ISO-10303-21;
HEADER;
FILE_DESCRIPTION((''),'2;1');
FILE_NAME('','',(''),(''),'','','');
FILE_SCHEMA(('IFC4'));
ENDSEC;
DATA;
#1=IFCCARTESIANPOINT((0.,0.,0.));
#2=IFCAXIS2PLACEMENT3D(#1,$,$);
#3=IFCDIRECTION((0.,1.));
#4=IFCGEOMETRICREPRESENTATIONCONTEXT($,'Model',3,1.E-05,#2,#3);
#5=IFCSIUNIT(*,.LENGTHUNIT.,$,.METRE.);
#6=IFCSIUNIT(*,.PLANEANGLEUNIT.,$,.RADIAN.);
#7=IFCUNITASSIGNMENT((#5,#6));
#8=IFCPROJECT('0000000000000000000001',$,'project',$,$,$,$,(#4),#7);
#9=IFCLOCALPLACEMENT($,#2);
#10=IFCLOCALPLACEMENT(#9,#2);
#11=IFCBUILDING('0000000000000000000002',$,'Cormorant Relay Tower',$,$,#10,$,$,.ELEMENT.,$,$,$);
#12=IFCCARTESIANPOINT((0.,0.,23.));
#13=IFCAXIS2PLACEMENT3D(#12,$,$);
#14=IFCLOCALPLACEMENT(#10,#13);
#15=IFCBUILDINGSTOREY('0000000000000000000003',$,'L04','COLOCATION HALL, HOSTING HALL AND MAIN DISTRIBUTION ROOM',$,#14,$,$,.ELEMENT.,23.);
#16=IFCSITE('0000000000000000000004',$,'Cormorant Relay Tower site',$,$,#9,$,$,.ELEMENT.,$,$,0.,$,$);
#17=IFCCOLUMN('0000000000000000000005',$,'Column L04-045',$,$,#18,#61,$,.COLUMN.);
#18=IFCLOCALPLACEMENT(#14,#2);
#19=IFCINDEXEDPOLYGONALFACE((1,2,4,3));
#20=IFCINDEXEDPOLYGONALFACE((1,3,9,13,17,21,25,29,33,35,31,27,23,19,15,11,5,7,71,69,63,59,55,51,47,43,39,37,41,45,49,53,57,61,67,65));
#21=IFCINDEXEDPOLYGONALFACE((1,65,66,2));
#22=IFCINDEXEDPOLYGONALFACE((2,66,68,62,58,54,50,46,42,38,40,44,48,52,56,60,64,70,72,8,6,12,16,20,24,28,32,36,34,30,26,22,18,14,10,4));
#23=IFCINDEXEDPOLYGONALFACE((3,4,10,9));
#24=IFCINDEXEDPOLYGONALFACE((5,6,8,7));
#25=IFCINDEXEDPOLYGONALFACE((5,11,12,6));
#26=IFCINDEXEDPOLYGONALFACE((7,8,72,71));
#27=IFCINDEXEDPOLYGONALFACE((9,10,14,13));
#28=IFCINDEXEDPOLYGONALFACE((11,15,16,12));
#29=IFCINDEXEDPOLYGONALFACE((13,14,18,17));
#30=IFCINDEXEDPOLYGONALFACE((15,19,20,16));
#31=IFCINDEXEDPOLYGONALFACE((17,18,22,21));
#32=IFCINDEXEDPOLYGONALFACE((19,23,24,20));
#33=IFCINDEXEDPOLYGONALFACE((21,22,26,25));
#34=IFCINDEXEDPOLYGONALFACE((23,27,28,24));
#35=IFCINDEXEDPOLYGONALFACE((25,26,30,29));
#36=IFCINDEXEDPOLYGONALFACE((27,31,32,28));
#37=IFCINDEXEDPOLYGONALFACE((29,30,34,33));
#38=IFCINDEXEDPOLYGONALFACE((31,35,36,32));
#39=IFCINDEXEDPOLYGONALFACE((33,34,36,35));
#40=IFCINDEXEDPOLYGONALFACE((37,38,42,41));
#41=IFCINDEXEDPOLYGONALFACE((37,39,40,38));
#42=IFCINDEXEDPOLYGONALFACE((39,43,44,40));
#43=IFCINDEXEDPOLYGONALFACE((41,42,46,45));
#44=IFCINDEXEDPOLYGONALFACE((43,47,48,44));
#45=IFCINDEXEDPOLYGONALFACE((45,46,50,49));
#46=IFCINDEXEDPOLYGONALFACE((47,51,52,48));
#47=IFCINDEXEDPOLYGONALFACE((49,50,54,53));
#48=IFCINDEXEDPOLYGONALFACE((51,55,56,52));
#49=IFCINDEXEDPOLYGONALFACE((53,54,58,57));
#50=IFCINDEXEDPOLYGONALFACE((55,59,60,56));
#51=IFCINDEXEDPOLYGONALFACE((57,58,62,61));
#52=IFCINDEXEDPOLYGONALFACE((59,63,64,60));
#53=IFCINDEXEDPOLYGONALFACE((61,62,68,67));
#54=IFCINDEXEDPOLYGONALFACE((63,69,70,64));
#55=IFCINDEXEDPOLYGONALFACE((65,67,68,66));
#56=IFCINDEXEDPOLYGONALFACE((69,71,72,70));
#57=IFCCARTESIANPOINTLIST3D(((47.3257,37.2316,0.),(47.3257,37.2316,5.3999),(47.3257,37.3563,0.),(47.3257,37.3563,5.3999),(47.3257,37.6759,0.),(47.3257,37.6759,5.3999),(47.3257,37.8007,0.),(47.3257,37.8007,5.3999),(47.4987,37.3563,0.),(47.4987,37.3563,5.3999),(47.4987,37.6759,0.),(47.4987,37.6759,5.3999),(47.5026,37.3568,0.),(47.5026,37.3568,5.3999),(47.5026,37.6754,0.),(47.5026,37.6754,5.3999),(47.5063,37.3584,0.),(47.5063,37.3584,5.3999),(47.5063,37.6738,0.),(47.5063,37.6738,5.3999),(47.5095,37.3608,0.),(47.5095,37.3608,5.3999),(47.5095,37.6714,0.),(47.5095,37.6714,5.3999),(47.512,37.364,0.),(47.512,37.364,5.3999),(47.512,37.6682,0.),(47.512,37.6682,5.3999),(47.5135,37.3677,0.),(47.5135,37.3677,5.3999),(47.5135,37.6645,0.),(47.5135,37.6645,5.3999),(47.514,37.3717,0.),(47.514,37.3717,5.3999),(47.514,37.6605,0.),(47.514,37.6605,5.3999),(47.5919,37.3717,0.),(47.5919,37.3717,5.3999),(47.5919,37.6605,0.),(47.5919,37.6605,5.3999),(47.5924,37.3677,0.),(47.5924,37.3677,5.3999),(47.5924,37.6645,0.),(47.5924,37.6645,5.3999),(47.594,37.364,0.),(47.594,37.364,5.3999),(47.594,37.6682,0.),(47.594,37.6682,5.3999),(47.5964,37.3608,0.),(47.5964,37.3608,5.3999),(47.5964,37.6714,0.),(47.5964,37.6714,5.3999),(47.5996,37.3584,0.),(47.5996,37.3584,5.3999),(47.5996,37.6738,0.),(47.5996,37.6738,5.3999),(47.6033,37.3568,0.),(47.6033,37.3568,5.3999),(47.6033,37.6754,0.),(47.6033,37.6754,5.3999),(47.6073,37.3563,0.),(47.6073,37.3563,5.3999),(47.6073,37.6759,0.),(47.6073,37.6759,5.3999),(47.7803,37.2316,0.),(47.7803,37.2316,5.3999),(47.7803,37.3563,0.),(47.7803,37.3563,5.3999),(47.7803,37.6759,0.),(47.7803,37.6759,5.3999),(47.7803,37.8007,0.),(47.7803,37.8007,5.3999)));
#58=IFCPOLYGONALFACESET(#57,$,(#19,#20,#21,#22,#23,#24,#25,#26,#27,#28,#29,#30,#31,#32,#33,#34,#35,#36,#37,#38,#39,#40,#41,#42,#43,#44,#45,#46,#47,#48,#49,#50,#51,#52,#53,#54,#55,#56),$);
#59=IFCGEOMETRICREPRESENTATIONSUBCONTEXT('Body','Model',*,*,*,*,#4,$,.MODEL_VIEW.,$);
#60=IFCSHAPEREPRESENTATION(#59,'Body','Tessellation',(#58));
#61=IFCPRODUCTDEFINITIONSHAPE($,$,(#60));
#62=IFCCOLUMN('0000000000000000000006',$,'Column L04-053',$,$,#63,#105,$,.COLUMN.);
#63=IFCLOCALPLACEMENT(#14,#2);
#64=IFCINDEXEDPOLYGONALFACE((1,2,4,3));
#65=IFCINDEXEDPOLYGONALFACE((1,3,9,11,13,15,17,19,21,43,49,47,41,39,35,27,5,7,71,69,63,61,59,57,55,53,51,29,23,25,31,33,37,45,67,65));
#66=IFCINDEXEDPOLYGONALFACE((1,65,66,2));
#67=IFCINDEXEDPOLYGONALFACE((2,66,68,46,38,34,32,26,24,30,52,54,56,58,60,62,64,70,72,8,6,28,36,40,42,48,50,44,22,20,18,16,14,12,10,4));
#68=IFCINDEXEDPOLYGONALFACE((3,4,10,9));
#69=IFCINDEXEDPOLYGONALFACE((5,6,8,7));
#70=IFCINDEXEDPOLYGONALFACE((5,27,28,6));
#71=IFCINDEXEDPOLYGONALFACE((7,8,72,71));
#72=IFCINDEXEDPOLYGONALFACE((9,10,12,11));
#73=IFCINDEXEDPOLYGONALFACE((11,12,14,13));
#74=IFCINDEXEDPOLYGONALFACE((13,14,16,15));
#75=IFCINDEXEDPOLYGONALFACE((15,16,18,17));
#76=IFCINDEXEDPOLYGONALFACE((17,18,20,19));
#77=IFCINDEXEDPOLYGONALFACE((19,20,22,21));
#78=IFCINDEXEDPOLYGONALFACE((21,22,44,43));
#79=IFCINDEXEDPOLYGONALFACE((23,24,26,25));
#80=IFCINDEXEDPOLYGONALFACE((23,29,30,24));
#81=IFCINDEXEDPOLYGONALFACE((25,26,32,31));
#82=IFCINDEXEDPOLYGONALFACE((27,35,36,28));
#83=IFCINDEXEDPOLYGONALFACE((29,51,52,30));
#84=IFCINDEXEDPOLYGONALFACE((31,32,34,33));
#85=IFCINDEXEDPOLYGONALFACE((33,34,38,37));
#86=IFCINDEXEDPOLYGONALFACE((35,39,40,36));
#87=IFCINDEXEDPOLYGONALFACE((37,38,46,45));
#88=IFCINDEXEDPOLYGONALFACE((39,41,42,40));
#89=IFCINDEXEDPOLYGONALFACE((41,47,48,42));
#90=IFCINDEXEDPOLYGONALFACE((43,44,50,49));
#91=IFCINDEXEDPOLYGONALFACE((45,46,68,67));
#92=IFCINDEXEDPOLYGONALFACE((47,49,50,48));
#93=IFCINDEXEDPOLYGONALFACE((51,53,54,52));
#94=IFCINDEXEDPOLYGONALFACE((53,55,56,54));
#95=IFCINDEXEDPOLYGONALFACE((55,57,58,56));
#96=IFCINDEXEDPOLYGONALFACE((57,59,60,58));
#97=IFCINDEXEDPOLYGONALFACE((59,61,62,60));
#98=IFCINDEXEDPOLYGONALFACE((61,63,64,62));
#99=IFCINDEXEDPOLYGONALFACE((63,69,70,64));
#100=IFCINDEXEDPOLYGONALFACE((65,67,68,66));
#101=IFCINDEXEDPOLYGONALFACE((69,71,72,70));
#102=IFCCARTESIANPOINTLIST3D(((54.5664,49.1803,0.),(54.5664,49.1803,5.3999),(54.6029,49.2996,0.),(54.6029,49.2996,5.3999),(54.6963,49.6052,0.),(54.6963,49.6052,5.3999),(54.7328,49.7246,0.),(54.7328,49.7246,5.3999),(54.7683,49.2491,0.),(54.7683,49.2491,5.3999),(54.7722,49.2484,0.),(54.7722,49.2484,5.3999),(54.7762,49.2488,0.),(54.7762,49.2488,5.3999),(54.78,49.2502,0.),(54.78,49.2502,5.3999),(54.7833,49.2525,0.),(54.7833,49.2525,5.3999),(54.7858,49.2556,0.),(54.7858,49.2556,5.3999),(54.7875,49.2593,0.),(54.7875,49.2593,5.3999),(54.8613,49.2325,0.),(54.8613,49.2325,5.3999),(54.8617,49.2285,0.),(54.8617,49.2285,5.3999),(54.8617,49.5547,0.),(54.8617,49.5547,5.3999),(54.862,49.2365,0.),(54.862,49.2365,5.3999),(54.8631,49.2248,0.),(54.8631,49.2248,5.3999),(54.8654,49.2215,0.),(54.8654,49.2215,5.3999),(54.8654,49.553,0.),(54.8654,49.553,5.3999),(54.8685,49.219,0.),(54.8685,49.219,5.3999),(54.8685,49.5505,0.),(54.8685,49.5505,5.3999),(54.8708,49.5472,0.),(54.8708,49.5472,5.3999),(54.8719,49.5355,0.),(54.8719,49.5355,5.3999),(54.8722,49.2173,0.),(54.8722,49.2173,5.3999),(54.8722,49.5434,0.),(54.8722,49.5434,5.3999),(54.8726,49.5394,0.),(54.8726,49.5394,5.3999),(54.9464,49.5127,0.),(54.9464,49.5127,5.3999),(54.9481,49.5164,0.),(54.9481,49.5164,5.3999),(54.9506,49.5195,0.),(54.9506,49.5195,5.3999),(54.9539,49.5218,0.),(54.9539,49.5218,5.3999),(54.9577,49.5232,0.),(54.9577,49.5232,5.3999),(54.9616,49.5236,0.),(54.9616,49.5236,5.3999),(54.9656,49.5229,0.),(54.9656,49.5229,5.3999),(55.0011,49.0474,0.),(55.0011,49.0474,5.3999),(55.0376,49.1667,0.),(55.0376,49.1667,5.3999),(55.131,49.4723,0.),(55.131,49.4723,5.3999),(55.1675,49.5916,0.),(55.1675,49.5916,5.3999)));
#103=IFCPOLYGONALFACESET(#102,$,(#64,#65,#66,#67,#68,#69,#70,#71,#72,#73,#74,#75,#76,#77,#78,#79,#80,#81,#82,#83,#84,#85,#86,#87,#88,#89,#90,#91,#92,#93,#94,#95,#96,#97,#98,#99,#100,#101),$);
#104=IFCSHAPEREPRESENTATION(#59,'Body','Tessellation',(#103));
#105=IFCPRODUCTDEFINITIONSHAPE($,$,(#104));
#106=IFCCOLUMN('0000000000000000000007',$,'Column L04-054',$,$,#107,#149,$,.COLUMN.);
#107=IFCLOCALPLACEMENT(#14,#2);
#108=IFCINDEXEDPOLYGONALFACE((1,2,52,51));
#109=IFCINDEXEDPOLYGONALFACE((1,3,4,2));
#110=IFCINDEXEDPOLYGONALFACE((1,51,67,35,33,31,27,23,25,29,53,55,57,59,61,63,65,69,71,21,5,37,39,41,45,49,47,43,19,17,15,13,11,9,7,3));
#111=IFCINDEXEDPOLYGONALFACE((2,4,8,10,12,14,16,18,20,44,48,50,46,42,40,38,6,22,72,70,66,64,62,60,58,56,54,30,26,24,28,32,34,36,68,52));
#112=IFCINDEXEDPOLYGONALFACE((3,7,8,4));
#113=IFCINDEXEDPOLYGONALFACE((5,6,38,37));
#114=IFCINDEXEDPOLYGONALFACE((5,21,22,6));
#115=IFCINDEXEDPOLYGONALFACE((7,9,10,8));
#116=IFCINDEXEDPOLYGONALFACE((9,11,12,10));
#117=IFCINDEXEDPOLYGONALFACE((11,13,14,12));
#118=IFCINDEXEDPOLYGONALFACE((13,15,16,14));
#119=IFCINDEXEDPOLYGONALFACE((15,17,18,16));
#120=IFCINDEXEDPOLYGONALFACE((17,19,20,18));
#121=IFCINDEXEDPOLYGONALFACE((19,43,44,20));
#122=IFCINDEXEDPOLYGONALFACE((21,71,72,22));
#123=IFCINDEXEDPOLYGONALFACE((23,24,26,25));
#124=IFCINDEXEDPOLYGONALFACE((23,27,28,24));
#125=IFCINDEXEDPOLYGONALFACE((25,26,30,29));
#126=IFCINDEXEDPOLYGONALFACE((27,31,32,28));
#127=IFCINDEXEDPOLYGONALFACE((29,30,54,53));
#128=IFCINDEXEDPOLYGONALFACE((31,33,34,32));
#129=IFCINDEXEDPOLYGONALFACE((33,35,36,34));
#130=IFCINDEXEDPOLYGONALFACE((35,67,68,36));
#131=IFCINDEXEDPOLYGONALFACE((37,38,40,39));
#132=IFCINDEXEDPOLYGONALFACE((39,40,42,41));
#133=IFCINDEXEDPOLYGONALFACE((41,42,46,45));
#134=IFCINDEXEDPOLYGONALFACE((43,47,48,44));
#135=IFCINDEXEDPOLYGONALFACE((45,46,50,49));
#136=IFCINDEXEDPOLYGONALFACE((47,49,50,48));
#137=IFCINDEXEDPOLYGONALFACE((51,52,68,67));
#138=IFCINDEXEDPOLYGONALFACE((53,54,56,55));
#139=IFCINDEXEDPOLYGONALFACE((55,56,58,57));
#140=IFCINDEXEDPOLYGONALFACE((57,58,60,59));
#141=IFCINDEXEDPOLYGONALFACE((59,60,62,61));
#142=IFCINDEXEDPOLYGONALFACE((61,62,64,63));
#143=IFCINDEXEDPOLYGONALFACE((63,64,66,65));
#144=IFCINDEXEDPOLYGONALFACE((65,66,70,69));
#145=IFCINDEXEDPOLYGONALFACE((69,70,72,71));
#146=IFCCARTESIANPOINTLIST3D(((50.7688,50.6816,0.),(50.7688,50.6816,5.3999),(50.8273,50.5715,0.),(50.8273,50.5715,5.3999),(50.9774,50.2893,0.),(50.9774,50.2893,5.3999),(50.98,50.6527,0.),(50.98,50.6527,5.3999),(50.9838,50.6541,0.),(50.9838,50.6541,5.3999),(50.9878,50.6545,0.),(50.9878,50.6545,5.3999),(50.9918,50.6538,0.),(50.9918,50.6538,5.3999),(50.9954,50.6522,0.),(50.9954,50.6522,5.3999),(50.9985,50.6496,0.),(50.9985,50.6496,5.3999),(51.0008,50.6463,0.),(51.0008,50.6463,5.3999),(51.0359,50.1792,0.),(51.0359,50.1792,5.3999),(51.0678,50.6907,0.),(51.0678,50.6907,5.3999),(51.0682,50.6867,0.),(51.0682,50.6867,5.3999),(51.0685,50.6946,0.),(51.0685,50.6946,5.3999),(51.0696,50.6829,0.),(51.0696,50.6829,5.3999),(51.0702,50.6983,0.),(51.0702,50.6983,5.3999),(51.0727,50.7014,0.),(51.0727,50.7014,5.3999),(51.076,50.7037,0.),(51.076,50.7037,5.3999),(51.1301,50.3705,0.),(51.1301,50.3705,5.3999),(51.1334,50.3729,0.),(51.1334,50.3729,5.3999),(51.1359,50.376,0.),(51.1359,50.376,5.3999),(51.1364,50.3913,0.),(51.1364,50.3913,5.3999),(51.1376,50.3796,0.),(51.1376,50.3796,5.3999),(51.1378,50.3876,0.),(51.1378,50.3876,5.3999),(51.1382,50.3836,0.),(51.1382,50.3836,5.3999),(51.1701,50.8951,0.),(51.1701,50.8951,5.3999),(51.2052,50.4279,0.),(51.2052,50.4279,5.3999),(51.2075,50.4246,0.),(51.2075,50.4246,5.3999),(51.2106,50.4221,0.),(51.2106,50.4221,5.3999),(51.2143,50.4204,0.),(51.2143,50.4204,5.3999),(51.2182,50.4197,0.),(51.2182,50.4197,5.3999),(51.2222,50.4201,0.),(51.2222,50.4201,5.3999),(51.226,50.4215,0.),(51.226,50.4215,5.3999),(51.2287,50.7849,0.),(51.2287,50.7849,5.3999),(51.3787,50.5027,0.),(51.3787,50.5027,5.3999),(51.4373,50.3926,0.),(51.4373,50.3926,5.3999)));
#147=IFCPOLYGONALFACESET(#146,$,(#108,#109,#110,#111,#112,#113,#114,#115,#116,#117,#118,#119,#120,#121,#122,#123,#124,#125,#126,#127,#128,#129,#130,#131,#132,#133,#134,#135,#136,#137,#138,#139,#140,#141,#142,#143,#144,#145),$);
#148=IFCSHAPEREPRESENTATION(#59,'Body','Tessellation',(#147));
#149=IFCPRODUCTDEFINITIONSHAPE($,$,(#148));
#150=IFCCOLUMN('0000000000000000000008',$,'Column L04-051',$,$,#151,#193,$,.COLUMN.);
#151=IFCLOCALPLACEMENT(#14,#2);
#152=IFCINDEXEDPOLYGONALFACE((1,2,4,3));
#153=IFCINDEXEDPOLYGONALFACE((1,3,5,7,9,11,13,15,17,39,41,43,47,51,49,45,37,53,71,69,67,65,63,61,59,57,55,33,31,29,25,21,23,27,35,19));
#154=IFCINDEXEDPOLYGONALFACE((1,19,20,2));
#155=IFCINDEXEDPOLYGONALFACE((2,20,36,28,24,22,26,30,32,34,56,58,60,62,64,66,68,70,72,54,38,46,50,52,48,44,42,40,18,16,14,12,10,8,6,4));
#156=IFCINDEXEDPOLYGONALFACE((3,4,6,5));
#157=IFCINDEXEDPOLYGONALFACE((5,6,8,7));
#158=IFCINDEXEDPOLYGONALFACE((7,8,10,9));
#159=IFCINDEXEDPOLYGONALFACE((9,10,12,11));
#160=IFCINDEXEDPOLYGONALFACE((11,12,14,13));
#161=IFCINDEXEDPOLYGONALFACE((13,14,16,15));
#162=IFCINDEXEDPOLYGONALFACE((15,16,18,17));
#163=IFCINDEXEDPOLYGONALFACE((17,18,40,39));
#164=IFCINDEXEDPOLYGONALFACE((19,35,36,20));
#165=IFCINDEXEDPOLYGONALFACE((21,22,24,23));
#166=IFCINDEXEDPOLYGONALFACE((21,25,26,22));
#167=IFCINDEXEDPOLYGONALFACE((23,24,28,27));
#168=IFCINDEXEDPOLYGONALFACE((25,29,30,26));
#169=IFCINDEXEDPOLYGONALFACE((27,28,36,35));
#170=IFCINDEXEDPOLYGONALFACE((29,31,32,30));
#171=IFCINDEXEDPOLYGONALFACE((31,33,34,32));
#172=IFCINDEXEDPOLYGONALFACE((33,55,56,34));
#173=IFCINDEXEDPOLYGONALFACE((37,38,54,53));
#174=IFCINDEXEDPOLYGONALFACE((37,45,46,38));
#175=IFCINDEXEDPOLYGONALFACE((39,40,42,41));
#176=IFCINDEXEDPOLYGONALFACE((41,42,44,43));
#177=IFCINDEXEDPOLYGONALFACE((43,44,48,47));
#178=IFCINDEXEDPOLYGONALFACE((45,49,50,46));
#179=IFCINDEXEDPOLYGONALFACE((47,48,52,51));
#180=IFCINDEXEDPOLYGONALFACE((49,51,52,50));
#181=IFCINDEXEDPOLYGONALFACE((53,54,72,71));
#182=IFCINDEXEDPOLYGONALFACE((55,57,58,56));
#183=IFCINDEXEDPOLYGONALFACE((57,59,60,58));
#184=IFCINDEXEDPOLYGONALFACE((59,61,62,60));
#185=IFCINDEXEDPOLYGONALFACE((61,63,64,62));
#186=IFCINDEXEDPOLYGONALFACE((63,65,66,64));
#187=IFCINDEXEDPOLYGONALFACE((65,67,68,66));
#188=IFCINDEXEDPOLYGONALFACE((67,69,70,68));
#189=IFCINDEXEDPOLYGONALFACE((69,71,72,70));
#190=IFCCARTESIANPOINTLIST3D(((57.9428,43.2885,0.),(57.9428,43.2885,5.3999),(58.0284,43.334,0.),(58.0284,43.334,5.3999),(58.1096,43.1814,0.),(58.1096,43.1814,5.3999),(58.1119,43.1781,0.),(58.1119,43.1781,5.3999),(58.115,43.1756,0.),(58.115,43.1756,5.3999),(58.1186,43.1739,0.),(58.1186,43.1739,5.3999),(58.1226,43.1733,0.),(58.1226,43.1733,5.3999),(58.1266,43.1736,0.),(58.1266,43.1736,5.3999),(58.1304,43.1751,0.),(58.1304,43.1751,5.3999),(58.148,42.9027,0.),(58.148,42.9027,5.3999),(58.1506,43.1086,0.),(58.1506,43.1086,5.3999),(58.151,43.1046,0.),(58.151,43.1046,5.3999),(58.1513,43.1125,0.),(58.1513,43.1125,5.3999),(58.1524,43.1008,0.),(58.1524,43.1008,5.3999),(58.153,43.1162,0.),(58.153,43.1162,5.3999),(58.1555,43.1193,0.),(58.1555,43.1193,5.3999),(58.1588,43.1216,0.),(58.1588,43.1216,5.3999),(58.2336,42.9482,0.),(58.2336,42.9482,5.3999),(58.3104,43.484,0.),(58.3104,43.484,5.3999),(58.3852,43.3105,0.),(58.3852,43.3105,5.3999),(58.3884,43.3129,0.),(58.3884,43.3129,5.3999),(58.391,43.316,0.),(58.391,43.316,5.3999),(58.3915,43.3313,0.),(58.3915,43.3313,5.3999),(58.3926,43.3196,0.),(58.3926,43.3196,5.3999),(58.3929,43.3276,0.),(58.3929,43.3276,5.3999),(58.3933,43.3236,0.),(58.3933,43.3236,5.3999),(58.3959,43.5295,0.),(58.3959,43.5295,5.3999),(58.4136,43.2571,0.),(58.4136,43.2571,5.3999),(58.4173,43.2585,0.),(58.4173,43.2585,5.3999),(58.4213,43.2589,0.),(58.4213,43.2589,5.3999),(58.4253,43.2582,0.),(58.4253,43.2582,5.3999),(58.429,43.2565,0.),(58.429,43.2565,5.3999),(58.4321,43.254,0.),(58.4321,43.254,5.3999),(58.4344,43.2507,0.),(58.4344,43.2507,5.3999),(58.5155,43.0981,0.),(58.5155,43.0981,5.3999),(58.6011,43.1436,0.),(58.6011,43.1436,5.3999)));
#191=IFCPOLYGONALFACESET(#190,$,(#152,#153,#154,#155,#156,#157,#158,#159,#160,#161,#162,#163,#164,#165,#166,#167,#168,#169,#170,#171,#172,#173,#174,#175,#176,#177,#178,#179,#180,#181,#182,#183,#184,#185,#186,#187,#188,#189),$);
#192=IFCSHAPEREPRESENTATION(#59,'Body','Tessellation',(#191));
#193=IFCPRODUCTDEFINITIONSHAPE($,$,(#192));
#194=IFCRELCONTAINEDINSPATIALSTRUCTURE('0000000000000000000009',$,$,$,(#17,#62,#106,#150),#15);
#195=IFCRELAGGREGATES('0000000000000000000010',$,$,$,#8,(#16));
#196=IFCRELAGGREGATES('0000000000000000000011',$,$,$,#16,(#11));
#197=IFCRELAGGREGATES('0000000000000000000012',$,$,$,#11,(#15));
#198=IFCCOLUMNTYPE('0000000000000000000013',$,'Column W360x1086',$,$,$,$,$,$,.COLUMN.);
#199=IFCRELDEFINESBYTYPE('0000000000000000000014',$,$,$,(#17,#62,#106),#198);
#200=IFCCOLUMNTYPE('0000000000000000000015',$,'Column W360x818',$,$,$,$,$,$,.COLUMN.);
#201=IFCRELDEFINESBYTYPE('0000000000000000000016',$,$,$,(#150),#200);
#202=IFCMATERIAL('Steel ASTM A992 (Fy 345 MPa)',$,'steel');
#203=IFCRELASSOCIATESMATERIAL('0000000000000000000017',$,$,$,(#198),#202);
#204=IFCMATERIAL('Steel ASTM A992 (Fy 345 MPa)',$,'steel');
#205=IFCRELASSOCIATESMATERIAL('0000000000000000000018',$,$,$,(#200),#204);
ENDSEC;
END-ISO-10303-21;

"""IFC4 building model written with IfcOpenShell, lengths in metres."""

from ifc_helpers import new_model, si_unit, direction, frame, origin, origin_2d, place, context, subcontext, project, spatial, i_section, extrude, material, material_profile, profile_set, type_object, element, save


model = new_model("IFC4")

# Units and contexts
model_context = context("Model", 3, precision=1e-05, world=origin(), true_north=direction((0.0, 1.0)))
body_context = subcontext(model_context, "Body", "Model", "MODEL_VIEW")
ifc_project = project(units=[si_unit("LENGTHUNIT", "METRE"), si_unit("PLANEANGLEUNIT", "RADIAN")], contexts=[model_context])

# Site, building, storey
site_placement = place(None, origin())
site = spatial("IfcSite", under=ifc_project, at=site_placement, Name="Cormorant Relay Tower site", CompositionType="ELEMENT", RefElevation=0.0)
building_placement = place(site_placement, origin())
building = spatial("IfcBuilding", under=site, at=building_placement, Name="Cormorant Relay Tower", CompositionType="ELEMENT")
storey_placement = place(building_placement, frame((0.0, 0.0, 23.0)))
storey = spatial("IfcBuildingStorey", under=building, at=storey_placement, Name="L04", Description="COLOCATION HALL, HOSTING HALL AND MAIN DISTRIBUTION ROOM", CompositionType="ELEMENT", Elevation=23.0)

# Columns
ifc_material_1 = material(Name="Steel ASTM A992 (Fy 345 MPa)", Category="steel")
ifc_material_profile_1 = material_profile(ifc_material_1, i_section(OverallWidth=0.4546, OverallDepth=0.5691, WebThickness=0.0779, FlangeThickness=0.1248, FilletRadius=0.0154, at=origin_2d()), Name="W360x1086")
ifc_profile_set_1 = profile_set([ifc_material_profile_1], Name="Steel ASTM A992 (Fy 345 MPa)")
column_type_1 = type_object("IfcColumnType", Name="Column W360x1086", PredefinedType="COLUMN", material=ifc_profile_set_1)
for number, where, z_axis, x_axis, name in (
    (1, (47.553, 37.5161, 0.0), (0.0, 0.0, 1.0), (1.0, 0.0, 0.0), "Column L04-045"),
    (2, (54.8669, 49.386, 0.0), (0.0, 0.0, 1.0), (-0.956305, 0.292372, 0.0), "Column L04-053"),
    (3, (51.103, 50.5371, 0.0), (0.0, 0.0, 1.0), (-0.882948, -0.469472, 0.0), "Column L04-054"),
):
    element("IfcColumn", number, at=place(storey_placement, frame(where, z_axis=z_axis, x_axis=x_axis)), inside=storey, type_object=column_type_1, Name=name, PredefinedType="COLUMN", context=body_context, shape_type="SweptSolid", body=[
        extrude(i_section(OverallWidth=0.4546, OverallDepth=0.5691, WebThickness=0.0779, FlangeThickness=0.1248, FilletRadius=0.0154, at=origin_2d()), origin(), (0.0, 0.0, 1.0), 5.3999),
    ])
ifc_material_2 = material(Name="Steel ASTM A992 (Fy 345 MPa)", Category="steel")
ifc_material_profile_2 = material_profile(ifc_material_2, i_section(OverallWidth=0.437, OverallDepth=0.5132, WebThickness=0.0605, FlangeThickness=0.0969, FilletRadius=0.0154, at=origin_2d()), Name="W360x818")
ifc_profile_set_2 = profile_set([ifc_material_profile_2], Name="Steel ASTM A992 (Fy 345 MPa)")
column_type_2 = type_object("IfcColumnType", Name="Column W360x818", PredefinedType="COLUMN", material=ifc_profile_set_2)
column_placement = place(storey_placement, frame((58.272, 43.2161, 0.0), z_axis=(0.0, 0.0, 1.0), x_axis=(-0.469472, 0.882948, 0.0)))
element("IfcColumn", 4, at=column_placement, inside=storey, type_object=column_type_2, Name="Column L04-051", PredefinedType="COLUMN", context=body_context, shape_type="SweptSolid", body=[
    extrude(i_section(OverallWidth=0.437, OverallDepth=0.5132, WebThickness=0.0605, FlangeThickness=0.0969, FilletRadius=0.0154, at=origin_2d()), origin(), (0.0, 0.0, 1.0), 5.3999),
])

save(model, "model.ifc")
